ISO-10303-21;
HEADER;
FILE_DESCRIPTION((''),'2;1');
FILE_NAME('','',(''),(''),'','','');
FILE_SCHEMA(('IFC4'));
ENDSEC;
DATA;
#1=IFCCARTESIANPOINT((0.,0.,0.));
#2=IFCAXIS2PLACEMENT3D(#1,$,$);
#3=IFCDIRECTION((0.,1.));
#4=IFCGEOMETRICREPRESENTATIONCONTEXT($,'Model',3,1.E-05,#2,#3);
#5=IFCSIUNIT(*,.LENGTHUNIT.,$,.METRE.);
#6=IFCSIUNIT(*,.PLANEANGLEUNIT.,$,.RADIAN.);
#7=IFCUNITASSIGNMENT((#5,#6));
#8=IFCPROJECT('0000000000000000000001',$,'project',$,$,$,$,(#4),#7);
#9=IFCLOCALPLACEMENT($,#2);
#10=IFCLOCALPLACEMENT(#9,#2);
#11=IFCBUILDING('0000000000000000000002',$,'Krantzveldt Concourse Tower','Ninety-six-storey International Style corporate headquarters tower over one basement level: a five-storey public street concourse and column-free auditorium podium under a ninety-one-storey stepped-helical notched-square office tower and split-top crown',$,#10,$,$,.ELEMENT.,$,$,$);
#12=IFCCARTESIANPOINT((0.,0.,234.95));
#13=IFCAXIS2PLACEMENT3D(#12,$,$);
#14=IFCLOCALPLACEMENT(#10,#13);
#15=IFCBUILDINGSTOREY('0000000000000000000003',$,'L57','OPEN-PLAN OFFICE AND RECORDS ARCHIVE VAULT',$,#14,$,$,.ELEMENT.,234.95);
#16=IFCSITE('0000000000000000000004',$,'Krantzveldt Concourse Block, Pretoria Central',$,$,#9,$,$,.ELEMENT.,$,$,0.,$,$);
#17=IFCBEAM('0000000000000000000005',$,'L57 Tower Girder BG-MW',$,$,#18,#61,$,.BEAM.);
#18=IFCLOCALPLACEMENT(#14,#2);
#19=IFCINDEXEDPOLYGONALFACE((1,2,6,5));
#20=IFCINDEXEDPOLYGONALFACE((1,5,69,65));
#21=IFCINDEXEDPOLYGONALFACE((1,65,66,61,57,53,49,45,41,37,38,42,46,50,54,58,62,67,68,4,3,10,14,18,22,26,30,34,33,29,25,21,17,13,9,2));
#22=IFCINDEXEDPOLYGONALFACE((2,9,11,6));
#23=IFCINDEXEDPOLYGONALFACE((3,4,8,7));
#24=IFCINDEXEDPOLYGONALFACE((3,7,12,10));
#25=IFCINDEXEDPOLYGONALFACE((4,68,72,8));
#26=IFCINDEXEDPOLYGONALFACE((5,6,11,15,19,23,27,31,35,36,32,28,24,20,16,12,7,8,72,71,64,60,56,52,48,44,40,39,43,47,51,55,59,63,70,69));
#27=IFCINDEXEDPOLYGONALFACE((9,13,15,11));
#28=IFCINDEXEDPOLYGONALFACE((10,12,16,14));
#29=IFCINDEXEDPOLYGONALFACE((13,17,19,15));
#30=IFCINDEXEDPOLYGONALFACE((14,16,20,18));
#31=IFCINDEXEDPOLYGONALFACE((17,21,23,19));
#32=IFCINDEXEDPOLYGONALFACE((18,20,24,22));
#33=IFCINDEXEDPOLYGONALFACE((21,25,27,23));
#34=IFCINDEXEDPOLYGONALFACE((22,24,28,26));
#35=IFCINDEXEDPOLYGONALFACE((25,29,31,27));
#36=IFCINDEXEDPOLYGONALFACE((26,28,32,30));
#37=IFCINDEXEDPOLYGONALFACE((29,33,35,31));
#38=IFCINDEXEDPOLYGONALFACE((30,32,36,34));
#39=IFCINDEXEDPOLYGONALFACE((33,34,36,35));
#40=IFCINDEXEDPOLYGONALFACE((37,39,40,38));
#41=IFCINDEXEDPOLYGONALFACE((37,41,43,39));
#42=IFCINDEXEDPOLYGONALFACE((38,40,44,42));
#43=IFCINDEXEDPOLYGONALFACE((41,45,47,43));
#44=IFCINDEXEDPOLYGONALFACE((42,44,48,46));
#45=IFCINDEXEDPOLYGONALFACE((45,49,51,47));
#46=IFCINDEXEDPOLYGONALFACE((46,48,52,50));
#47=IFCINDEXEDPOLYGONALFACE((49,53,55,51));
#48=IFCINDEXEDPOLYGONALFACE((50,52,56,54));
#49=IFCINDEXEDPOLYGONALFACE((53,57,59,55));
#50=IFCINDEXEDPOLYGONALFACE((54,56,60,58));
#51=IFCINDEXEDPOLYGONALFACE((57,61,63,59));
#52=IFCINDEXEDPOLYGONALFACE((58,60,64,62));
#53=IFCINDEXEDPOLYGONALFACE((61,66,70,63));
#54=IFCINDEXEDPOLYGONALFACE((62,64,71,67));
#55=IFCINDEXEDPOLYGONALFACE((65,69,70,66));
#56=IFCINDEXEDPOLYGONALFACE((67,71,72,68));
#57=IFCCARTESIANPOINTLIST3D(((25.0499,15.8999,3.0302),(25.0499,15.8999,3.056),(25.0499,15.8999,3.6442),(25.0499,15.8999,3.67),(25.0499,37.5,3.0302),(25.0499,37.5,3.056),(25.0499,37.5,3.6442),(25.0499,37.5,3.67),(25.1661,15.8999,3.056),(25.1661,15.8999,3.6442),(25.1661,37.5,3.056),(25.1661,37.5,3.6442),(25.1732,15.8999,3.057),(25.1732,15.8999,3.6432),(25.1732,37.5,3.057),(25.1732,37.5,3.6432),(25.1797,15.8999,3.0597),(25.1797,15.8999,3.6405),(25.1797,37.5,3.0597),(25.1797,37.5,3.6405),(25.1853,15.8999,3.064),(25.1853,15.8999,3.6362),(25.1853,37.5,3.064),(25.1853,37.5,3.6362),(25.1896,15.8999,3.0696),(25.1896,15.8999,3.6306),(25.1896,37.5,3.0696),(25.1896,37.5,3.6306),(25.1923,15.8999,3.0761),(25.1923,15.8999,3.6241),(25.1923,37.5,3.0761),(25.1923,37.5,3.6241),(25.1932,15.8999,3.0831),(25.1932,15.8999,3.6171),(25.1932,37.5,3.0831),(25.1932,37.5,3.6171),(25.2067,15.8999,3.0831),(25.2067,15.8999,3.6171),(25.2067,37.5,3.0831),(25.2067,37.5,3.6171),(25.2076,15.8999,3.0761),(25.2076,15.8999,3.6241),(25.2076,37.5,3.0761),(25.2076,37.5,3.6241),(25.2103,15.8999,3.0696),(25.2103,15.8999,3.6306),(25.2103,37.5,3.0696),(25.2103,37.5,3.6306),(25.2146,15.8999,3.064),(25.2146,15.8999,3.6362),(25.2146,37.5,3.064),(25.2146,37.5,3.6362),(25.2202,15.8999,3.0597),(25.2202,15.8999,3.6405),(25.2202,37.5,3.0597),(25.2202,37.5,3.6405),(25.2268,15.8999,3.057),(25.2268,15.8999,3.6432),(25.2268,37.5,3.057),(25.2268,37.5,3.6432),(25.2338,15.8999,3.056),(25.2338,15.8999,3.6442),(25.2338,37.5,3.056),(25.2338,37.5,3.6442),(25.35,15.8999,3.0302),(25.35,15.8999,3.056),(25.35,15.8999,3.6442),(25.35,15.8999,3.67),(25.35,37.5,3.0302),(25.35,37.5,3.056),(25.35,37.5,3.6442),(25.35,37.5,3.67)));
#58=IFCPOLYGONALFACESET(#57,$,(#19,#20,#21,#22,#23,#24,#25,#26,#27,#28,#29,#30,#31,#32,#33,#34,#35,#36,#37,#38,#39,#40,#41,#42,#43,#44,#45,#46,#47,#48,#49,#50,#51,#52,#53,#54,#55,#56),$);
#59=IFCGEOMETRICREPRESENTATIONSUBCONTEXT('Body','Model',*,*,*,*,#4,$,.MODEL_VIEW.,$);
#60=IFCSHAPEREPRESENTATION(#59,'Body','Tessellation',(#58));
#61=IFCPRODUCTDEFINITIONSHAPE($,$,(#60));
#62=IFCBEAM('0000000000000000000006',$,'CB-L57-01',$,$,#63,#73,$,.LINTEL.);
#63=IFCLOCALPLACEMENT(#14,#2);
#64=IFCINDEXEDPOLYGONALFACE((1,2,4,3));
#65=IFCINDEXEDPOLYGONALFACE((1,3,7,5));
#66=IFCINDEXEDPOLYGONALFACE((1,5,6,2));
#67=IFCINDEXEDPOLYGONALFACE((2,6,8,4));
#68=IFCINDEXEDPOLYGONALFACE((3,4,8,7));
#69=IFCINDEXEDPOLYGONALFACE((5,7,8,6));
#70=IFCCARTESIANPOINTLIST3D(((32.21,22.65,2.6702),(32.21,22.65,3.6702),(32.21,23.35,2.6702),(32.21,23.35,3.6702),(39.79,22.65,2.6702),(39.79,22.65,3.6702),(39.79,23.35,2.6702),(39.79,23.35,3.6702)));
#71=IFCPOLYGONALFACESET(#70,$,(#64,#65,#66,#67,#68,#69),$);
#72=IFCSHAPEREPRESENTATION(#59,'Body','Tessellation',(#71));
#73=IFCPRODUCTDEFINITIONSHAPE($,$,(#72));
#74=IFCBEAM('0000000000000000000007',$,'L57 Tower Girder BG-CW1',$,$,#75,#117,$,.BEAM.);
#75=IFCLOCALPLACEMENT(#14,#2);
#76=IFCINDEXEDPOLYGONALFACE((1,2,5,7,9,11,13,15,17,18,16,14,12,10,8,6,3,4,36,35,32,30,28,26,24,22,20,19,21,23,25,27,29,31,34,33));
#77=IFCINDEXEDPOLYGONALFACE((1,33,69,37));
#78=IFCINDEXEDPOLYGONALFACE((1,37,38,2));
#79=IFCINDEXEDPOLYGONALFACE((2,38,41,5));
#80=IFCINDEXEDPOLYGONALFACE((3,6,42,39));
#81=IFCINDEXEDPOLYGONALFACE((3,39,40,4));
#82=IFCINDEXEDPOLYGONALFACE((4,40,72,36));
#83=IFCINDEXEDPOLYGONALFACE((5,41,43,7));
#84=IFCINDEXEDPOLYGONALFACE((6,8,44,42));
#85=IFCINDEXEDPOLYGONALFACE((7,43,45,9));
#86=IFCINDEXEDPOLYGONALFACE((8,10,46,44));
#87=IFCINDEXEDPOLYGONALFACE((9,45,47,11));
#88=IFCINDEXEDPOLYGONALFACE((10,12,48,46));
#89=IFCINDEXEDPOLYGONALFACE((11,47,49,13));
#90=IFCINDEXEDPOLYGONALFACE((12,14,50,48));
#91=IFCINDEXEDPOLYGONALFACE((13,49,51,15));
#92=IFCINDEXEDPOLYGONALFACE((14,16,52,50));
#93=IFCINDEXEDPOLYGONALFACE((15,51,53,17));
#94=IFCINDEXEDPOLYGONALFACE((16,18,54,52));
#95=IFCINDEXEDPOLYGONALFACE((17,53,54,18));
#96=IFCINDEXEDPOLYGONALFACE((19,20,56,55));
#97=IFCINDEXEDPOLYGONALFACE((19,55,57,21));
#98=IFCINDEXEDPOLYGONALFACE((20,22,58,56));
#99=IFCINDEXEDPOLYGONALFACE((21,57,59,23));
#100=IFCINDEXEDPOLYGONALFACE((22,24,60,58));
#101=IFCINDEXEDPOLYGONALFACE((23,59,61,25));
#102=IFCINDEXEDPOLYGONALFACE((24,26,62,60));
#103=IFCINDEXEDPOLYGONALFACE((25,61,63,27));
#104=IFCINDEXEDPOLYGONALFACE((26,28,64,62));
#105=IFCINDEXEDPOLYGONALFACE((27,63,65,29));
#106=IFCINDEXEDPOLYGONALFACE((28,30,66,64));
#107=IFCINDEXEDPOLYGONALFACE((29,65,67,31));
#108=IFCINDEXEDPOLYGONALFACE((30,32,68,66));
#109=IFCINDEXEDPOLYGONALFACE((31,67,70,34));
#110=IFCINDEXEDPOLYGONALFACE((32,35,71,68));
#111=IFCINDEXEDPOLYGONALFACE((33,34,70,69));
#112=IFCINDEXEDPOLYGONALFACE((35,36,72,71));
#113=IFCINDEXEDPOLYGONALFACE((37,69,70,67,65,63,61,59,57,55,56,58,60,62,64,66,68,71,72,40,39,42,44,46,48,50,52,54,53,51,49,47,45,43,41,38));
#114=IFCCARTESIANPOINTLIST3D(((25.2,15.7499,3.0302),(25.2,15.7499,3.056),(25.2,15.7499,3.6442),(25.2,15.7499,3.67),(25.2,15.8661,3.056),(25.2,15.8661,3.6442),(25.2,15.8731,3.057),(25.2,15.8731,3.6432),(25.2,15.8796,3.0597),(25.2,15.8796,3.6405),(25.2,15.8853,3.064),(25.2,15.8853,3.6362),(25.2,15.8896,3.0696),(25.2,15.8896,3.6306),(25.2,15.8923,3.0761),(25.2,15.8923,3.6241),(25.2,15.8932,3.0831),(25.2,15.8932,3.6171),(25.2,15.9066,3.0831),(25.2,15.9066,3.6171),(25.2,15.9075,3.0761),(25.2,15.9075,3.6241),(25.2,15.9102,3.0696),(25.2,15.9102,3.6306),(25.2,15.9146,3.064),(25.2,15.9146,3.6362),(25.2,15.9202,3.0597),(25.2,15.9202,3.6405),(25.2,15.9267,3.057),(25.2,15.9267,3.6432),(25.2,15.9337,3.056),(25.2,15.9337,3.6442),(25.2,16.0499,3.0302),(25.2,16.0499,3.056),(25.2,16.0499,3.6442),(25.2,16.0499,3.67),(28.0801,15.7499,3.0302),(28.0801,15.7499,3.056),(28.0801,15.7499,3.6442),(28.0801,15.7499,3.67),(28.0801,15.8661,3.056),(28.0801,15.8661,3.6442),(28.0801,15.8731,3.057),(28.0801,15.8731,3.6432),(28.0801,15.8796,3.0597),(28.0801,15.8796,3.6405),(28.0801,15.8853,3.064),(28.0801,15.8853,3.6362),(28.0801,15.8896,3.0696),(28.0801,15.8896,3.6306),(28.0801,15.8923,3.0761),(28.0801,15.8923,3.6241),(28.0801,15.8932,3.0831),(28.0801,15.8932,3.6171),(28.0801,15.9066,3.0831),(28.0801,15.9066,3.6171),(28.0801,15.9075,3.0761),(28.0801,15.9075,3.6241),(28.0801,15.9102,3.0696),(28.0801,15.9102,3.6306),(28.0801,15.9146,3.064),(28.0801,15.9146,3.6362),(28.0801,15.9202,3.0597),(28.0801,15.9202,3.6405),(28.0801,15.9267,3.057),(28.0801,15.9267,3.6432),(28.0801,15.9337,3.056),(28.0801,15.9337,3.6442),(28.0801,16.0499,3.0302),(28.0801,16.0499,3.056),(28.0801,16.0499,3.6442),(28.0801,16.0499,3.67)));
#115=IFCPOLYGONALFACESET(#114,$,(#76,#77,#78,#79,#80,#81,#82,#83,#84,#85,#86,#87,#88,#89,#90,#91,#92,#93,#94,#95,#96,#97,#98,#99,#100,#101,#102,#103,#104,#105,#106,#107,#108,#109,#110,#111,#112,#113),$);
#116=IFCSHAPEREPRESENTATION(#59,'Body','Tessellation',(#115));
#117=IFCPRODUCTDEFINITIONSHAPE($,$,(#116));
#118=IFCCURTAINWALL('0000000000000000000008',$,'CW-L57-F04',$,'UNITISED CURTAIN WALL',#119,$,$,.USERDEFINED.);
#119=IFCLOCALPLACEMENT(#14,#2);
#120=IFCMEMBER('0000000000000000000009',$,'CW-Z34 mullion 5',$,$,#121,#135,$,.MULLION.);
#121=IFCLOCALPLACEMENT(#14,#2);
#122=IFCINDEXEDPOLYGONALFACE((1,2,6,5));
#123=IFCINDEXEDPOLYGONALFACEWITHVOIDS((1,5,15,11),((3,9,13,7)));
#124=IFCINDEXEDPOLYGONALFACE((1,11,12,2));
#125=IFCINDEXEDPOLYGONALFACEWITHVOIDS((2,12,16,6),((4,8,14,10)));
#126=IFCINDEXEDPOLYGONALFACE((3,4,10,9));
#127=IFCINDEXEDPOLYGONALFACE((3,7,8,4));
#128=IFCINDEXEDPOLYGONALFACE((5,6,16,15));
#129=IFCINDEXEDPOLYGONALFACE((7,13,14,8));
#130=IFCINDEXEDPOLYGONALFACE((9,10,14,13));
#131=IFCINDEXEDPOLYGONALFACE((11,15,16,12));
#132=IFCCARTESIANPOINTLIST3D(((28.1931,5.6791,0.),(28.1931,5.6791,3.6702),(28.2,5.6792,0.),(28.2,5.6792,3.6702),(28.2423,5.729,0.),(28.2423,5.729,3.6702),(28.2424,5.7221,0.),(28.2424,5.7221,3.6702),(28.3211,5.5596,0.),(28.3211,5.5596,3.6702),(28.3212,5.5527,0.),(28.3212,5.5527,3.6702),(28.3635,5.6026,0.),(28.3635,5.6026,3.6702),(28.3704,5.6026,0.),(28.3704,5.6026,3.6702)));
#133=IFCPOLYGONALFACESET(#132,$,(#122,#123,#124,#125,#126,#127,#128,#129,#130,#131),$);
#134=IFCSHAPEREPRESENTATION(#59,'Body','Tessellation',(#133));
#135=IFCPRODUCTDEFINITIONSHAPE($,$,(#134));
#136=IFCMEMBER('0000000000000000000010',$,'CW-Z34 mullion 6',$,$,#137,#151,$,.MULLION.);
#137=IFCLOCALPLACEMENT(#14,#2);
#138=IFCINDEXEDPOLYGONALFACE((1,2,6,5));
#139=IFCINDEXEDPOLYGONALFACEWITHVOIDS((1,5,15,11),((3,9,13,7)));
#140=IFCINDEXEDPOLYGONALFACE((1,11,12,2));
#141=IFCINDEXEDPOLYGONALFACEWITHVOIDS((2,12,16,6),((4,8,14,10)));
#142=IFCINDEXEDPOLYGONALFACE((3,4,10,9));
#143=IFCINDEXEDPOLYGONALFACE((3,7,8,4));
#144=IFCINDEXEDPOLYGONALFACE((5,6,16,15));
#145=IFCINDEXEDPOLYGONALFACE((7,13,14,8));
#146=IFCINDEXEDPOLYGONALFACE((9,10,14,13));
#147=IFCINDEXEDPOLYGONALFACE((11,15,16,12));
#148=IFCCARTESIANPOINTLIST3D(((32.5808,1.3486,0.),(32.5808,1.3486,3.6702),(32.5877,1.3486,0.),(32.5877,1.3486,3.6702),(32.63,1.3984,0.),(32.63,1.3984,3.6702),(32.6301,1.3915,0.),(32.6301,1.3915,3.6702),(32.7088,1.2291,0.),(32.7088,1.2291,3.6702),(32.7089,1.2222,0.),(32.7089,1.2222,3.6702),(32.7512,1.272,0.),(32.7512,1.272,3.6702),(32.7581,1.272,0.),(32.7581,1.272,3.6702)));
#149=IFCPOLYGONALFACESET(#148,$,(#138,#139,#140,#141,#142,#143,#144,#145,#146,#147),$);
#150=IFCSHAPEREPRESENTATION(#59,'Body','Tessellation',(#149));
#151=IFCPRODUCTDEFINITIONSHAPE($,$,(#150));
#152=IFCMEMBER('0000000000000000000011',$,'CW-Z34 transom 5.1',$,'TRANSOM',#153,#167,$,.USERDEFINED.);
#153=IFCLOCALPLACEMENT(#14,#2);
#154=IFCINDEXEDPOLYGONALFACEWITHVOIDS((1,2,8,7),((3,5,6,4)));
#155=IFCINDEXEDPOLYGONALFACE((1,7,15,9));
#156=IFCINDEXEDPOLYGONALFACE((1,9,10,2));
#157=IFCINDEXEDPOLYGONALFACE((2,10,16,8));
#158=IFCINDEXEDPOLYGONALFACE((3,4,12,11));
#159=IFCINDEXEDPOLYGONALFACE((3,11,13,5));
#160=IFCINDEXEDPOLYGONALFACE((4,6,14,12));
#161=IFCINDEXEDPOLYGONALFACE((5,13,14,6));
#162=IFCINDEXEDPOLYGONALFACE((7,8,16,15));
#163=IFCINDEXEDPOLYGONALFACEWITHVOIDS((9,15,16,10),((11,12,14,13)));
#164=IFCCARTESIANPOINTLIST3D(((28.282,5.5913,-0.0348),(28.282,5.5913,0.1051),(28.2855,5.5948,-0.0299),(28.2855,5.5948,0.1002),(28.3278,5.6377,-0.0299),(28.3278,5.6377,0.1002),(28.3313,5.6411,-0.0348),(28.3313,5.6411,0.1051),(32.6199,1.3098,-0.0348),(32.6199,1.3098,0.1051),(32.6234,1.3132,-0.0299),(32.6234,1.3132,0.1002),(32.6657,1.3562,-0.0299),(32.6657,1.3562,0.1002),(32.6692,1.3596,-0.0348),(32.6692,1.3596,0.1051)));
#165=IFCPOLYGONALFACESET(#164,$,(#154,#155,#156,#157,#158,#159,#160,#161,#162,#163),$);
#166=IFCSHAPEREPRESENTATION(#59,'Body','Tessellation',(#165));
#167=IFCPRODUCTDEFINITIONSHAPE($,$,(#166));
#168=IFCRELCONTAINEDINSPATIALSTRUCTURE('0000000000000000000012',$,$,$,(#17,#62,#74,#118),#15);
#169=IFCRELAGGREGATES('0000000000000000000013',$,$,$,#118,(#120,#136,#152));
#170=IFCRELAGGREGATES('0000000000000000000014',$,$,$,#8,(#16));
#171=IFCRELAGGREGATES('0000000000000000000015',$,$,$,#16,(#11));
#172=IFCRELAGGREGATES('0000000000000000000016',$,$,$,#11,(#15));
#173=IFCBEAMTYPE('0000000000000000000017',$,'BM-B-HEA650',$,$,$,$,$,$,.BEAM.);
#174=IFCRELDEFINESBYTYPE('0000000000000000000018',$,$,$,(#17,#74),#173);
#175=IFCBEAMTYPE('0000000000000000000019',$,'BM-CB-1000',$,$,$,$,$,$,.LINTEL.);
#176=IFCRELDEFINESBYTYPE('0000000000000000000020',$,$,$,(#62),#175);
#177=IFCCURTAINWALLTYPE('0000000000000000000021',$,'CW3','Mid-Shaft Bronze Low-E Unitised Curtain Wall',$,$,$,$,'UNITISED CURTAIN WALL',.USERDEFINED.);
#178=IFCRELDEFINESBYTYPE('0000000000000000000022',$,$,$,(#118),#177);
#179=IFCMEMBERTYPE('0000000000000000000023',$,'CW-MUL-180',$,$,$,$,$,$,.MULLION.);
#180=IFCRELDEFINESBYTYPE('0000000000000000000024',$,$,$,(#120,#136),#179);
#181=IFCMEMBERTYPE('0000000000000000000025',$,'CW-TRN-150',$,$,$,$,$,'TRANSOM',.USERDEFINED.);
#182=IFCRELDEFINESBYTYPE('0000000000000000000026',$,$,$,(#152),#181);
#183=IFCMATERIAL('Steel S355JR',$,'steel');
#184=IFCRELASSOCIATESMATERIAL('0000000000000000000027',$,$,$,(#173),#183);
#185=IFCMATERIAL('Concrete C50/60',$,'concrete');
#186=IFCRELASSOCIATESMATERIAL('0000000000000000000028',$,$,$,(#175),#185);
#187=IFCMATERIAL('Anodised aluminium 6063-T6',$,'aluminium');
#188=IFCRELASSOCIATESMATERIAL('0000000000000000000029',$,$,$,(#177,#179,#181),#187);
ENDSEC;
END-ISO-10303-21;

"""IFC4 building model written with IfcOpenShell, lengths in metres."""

from ifc_helpers import new_model, si_unit, direction, frame, origin, origin_2d, place, context, subcontext, project, spatial, rectangle, hollow_rectangle, i_section, extrude, source, transform, mapped, material, material_profile, profile_set, type_object, type_shapes, element, aggregate, save


model = new_model("IFC4")

# Units and contexts
model_context = context("Model", 3, precision=1e-05, world=origin(), true_north=direction((0.0, 1.0)))
body_context = subcontext(model_context, "Body", "Model", "MODEL_VIEW")
ifc_project = project(units=[si_unit("LENGTHUNIT", "METRE"), si_unit("PLANEANGLEUNIT", "RADIAN")], contexts=[model_context])

# Site, building, storey
site_placement = place(None, origin())
site = spatial("IfcSite", under=ifc_project, at=site_placement, Name="Krantzveldt Concourse Block, Pretoria Central", CompositionType="ELEMENT", RefElevation=0.0)
building_placement = place(site_placement, origin())
building = spatial("IfcBuilding", under=site, at=building_placement, Name="Krantzveldt Concourse Tower", Description="Ninety-six-storey International Style corporate headquarters tower over one basement level: a five-storey public street concourse and column-free auditorium podium under a ninety-one-storey stepped-helical notched-square office tower and split-top crown", CompositionType="ELEMENT")
storey_placement = place(building_placement, frame((0.0, 0.0, 234.95)))
storey = spatial("IfcBuildingStorey", under=building, at=storey_placement, Name="L57", Description="OPEN-PLAN OFFICE AND RECORDS ARCHIVE VAULT", CompositionType="ELEMENT", Elevation=234.95)

# Beams
ifc_material_1 = material(Name="Steel S355JR", Category="steel")
ifc_material_profile_1 = material_profile(ifc_material_1, i_section(OverallWidth=0.3, OverallDepth=0.6399, WebThickness=0.0134, FlangeThickness=0.0259, FilletRadius=0.0271, at=origin_2d()), Name="Steel S355JR", Category="steel")
ifc_profile_set_1 = profile_set([ifc_material_profile_1], Name="Steel S355JR - HEA 650")
beam_type_1 = type_object("IfcBeamType", Name="BM-B-HEA650", PredefinedType="BEAM", material=ifc_profile_set_1)
shared_shape_1 = source(origin(), body_context, "Body", "SweptSolid", [
    extrude(i_section(OverallWidth=0.3, OverallDepth=0.6399, WebThickness=0.0134, FlangeThickness=0.0259, FilletRadius=0.0271, at=origin_2d()), origin(), (0.0, 0.0, 1.0), 21.6001),
])
beam_1_placement = place(storey_placement, frame((25.2, 15.8999, 3.3501), z_axis=(0.0, 1.0, 0.0), x_axis=(-1.0, 0.0, 0.0)))
element("IfcBeam", 1, at=beam_1_placement, inside=storey, type_object=beam_type_1, Name="L57 Tower Girder BG-MW", PredefinedType="BEAM", context=body_context, shape_type="MappedRepresentation", body=[
    mapped(shared_shape_1, transform((0.0, 0.0, 0.0), x_axis=(1.0, 0.0, 0.0), y_axis=(0.0, 1.0, 0.0), z_axis=(0.0, 0.0, 1.0), scale=1.0)),
])
ifc_material_2 = material(Name="Concrete C50/60", Category="concrete")
ifc_material_profile_2 = material_profile(ifc_material_2, rectangle(XDim=0.7, YDim=1.0, at=origin_2d()), Name="Concrete C50/60", Category="concrete")
ifc_profile_set_2 = profile_set([ifc_material_profile_2], Name="Concrete C50/60 - RC-CB 700x1000")
beam_type_2 = type_object("IfcBeamType", Name="BM-CB-1000", PredefinedType="LINTEL", material=ifc_profile_set_2)
shared_shape_2 = source(origin(), body_context, "Body", "SweptSolid", [
    extrude(rectangle(XDim=0.7, YDim=1.0, at=origin_2d()), origin(), (0.0, 0.0, 1.0), 7.5801),
])
type_shapes(beam_type_2, [shared_shape_2])
beam_2_placement = place(storey_placement, frame((32.21, 23.0, 3.1702), z_axis=(1.0, 0.0, 0.0), x_axis=(0.0, 1.0, 0.0)))
element("IfcBeam", 2, at=beam_2_placement, inside=storey, type_object=beam_type_2, Name="CB-L57-01", PredefinedType="LINTEL", context=body_context, shape_type="MappedRepresentation", body=[
    mapped(shared_shape_2, transform((0.0, 0.0, 0.0), x_axis=(1.0, 0.0, 0.0), y_axis=(0.0, 1.0, 0.0), z_axis=(0.0, 0.0, 1.0), scale=1.0)),
])
shared_shape_3 = source(origin(), body_context, "Body", "SweptSolid", [
    extrude(i_section(OverallWidth=0.3, OverallDepth=0.6399, WebThickness=0.0134, FlangeThickness=0.0259, FilletRadius=0.0271, at=origin_2d()), origin(), (0.0, 0.0, 1.0), 2.8801),
])
type_shapes(beam_type_1, [shared_shape_1, shared_shape_3])
beam_3_placement = place(storey_placement, frame((25.2, 15.8999, 3.3501), z_axis=(1.0, 0.0, 0.0), x_axis=(0.0, 1.0, 0.0)))
element("IfcBeam", 3, at=beam_3_placement, inside=storey, type_object=beam_type_1, Name="L57 Tower Girder BG-CW1", PredefinedType="BEAM", context=body_context, shape_type="MappedRepresentation", body=[
    mapped(shared_shape_3, transform((0.0, 0.0, 0.0), x_axis=(1.0, 0.0, 0.0), y_axis=(0.0, 1.0, 0.0), z_axis=(0.0, 0.0, 1.0), scale=1.0)),
])

# Curtain wall, members
ifc_material_3 = material(Name="Anodised aluminium 6063-T6", Category="aluminium")
curtain_wall_type = type_object("IfcCurtainWallType", Name="CW3", Description="Mid-Shaft Bronze Low-E Unitised Curtain Wall", ElementType="UNITISED CURTAIN WALL", PredefinedType="USERDEFINED", material=ifc_material_3)
curtain_wall_placement = place(storey_placement, origin())
curtain_wall = element("IfcCurtainWall", 4, at=curtain_wall_placement, inside=storey, type_object=curtain_wall_type, Name="CW-L57-F04", ObjectType="UNITISED CURTAIN WALL", PredefinedType="USERDEFINED")
ifc_material_profile_3 = material_profile(ifc_material_3, hollow_rectangle(XDim=0.0701, YDim=0.1799, WallThickness=0.0049, at=origin_2d()), Name="Anodised aluminium 6063-T6", Category="aluminium")
ifc_profile_set_3 = profile_set([ifc_material_profile_3], Name="Anodised aluminium 6063-T6 - ALU-MULL 180x70x5")
member_type_1 = type_object("IfcMemberType", Name="CW-MUL-180", PredefinedType="MULLION", material=ifc_profile_set_3)
shared_shape_4 = source(origin(), body_context, "Body", "SweptSolid", [
    extrude(hollow_rectangle(XDim=0.0701, YDim=0.1799, WallThickness=0.0049, at=origin_2d()), origin(), (0.0, 0.0, 1.0), 3.6702),
])
type_shapes(member_type_1, [shared_shape_4])
member_1_placement = place(storey_placement, frame((28.2817, 5.6409, 0.0), z_axis=(0.0, 0.0, 1.0), x_axis=(0.702464, 0.71172, 0.0)))
member_1 = element("IfcMember", 5, at=member_1_placement, type_object=member_type_1, Name="CW-Z34 mullion 5", PredefinedType="MULLION", context=body_context, shape_type="MappedRepresentation", body=[
    mapped(shared_shape_4, transform((0.0, 0.0, 0.0), x_axis=(1.0, 0.0, 0.0), y_axis=(0.0, 1.0, 0.0), z_axis=(0.0, 0.0, 1.0), scale=1.0)),
])
member_2_placement = place(storey_placement, frame((32.6694, 1.3103, 0.0), z_axis=(0.0, 0.0, 1.0), x_axis=(0.702464, 0.71172, 0.0)))
member_2 = element("IfcMember", 6, at=member_2_placement, type_object=member_type_1, Name="CW-Z34 mullion 6", PredefinedType="MULLION", context=body_context, shape_type="MappedRepresentation", body=[
    mapped(shared_shape_4, transform((0.0, 0.0, 0.0), x_axis=(1.0, 0.0, 0.0), y_axis=(0.0, 1.0, 0.0), z_axis=(0.0, 0.0, 1.0), scale=1.0)),
])
ifc_material_profile_4 = material_profile(ifc_material_3, hollow_rectangle(XDim=0.0701, YDim=0.1399, WallThickness=0.0049, at=origin_2d()), Name="Anodised aluminium 6063-T6", Category="aluminium")
ifc_profile_set_4 = profile_set([ifc_material_profile_4], Name="Anodised aluminium 6063-T6 - ALU-TRAN 140x70x5")
member_type_2 = type_object("IfcMemberType", Name="CW-TRN-150", ElementType="TRANSOM", PredefinedType="USERDEFINED", material=ifc_profile_set_4)
shared_shape_5 = source(origin(), body_context, "Body", "SweptSolid", [
    extrude(hollow_rectangle(XDim=0.0701, YDim=0.1399, WallThickness=0.0049, at=origin_2d()), origin(), (0.0, 0.0, 1.0), 6.095),
])
type_shapes(member_type_2, [shared_shape_5])
member_3_placement = place(storey_placement, frame((28.3066, 5.6162, 0.0352), z_axis=(0.711718, -0.702465, 0.0), x_axis=(0.702465, 0.711718, 0.0)))
member_3 = element("IfcMember", 7, at=member_3_placement, type_object=member_type_2, Name="CW-Z34 transom 5.1", ObjectType="TRANSOM", PredefinedType="USERDEFINED", context=body_context, shape_type="MappedRepresentation", body=[
    mapped(shared_shape_5, transform((0.0, 0.0, 0.0), x_axis=(1.0, 0.0, 0.0), y_axis=(0.0, 1.0, 0.0), z_axis=(0.0, 0.0, 1.0), scale=1.0)),
])
aggregate(curtain_wall, [member_1, member_2, member_3])

save(model, "model.ifc")
